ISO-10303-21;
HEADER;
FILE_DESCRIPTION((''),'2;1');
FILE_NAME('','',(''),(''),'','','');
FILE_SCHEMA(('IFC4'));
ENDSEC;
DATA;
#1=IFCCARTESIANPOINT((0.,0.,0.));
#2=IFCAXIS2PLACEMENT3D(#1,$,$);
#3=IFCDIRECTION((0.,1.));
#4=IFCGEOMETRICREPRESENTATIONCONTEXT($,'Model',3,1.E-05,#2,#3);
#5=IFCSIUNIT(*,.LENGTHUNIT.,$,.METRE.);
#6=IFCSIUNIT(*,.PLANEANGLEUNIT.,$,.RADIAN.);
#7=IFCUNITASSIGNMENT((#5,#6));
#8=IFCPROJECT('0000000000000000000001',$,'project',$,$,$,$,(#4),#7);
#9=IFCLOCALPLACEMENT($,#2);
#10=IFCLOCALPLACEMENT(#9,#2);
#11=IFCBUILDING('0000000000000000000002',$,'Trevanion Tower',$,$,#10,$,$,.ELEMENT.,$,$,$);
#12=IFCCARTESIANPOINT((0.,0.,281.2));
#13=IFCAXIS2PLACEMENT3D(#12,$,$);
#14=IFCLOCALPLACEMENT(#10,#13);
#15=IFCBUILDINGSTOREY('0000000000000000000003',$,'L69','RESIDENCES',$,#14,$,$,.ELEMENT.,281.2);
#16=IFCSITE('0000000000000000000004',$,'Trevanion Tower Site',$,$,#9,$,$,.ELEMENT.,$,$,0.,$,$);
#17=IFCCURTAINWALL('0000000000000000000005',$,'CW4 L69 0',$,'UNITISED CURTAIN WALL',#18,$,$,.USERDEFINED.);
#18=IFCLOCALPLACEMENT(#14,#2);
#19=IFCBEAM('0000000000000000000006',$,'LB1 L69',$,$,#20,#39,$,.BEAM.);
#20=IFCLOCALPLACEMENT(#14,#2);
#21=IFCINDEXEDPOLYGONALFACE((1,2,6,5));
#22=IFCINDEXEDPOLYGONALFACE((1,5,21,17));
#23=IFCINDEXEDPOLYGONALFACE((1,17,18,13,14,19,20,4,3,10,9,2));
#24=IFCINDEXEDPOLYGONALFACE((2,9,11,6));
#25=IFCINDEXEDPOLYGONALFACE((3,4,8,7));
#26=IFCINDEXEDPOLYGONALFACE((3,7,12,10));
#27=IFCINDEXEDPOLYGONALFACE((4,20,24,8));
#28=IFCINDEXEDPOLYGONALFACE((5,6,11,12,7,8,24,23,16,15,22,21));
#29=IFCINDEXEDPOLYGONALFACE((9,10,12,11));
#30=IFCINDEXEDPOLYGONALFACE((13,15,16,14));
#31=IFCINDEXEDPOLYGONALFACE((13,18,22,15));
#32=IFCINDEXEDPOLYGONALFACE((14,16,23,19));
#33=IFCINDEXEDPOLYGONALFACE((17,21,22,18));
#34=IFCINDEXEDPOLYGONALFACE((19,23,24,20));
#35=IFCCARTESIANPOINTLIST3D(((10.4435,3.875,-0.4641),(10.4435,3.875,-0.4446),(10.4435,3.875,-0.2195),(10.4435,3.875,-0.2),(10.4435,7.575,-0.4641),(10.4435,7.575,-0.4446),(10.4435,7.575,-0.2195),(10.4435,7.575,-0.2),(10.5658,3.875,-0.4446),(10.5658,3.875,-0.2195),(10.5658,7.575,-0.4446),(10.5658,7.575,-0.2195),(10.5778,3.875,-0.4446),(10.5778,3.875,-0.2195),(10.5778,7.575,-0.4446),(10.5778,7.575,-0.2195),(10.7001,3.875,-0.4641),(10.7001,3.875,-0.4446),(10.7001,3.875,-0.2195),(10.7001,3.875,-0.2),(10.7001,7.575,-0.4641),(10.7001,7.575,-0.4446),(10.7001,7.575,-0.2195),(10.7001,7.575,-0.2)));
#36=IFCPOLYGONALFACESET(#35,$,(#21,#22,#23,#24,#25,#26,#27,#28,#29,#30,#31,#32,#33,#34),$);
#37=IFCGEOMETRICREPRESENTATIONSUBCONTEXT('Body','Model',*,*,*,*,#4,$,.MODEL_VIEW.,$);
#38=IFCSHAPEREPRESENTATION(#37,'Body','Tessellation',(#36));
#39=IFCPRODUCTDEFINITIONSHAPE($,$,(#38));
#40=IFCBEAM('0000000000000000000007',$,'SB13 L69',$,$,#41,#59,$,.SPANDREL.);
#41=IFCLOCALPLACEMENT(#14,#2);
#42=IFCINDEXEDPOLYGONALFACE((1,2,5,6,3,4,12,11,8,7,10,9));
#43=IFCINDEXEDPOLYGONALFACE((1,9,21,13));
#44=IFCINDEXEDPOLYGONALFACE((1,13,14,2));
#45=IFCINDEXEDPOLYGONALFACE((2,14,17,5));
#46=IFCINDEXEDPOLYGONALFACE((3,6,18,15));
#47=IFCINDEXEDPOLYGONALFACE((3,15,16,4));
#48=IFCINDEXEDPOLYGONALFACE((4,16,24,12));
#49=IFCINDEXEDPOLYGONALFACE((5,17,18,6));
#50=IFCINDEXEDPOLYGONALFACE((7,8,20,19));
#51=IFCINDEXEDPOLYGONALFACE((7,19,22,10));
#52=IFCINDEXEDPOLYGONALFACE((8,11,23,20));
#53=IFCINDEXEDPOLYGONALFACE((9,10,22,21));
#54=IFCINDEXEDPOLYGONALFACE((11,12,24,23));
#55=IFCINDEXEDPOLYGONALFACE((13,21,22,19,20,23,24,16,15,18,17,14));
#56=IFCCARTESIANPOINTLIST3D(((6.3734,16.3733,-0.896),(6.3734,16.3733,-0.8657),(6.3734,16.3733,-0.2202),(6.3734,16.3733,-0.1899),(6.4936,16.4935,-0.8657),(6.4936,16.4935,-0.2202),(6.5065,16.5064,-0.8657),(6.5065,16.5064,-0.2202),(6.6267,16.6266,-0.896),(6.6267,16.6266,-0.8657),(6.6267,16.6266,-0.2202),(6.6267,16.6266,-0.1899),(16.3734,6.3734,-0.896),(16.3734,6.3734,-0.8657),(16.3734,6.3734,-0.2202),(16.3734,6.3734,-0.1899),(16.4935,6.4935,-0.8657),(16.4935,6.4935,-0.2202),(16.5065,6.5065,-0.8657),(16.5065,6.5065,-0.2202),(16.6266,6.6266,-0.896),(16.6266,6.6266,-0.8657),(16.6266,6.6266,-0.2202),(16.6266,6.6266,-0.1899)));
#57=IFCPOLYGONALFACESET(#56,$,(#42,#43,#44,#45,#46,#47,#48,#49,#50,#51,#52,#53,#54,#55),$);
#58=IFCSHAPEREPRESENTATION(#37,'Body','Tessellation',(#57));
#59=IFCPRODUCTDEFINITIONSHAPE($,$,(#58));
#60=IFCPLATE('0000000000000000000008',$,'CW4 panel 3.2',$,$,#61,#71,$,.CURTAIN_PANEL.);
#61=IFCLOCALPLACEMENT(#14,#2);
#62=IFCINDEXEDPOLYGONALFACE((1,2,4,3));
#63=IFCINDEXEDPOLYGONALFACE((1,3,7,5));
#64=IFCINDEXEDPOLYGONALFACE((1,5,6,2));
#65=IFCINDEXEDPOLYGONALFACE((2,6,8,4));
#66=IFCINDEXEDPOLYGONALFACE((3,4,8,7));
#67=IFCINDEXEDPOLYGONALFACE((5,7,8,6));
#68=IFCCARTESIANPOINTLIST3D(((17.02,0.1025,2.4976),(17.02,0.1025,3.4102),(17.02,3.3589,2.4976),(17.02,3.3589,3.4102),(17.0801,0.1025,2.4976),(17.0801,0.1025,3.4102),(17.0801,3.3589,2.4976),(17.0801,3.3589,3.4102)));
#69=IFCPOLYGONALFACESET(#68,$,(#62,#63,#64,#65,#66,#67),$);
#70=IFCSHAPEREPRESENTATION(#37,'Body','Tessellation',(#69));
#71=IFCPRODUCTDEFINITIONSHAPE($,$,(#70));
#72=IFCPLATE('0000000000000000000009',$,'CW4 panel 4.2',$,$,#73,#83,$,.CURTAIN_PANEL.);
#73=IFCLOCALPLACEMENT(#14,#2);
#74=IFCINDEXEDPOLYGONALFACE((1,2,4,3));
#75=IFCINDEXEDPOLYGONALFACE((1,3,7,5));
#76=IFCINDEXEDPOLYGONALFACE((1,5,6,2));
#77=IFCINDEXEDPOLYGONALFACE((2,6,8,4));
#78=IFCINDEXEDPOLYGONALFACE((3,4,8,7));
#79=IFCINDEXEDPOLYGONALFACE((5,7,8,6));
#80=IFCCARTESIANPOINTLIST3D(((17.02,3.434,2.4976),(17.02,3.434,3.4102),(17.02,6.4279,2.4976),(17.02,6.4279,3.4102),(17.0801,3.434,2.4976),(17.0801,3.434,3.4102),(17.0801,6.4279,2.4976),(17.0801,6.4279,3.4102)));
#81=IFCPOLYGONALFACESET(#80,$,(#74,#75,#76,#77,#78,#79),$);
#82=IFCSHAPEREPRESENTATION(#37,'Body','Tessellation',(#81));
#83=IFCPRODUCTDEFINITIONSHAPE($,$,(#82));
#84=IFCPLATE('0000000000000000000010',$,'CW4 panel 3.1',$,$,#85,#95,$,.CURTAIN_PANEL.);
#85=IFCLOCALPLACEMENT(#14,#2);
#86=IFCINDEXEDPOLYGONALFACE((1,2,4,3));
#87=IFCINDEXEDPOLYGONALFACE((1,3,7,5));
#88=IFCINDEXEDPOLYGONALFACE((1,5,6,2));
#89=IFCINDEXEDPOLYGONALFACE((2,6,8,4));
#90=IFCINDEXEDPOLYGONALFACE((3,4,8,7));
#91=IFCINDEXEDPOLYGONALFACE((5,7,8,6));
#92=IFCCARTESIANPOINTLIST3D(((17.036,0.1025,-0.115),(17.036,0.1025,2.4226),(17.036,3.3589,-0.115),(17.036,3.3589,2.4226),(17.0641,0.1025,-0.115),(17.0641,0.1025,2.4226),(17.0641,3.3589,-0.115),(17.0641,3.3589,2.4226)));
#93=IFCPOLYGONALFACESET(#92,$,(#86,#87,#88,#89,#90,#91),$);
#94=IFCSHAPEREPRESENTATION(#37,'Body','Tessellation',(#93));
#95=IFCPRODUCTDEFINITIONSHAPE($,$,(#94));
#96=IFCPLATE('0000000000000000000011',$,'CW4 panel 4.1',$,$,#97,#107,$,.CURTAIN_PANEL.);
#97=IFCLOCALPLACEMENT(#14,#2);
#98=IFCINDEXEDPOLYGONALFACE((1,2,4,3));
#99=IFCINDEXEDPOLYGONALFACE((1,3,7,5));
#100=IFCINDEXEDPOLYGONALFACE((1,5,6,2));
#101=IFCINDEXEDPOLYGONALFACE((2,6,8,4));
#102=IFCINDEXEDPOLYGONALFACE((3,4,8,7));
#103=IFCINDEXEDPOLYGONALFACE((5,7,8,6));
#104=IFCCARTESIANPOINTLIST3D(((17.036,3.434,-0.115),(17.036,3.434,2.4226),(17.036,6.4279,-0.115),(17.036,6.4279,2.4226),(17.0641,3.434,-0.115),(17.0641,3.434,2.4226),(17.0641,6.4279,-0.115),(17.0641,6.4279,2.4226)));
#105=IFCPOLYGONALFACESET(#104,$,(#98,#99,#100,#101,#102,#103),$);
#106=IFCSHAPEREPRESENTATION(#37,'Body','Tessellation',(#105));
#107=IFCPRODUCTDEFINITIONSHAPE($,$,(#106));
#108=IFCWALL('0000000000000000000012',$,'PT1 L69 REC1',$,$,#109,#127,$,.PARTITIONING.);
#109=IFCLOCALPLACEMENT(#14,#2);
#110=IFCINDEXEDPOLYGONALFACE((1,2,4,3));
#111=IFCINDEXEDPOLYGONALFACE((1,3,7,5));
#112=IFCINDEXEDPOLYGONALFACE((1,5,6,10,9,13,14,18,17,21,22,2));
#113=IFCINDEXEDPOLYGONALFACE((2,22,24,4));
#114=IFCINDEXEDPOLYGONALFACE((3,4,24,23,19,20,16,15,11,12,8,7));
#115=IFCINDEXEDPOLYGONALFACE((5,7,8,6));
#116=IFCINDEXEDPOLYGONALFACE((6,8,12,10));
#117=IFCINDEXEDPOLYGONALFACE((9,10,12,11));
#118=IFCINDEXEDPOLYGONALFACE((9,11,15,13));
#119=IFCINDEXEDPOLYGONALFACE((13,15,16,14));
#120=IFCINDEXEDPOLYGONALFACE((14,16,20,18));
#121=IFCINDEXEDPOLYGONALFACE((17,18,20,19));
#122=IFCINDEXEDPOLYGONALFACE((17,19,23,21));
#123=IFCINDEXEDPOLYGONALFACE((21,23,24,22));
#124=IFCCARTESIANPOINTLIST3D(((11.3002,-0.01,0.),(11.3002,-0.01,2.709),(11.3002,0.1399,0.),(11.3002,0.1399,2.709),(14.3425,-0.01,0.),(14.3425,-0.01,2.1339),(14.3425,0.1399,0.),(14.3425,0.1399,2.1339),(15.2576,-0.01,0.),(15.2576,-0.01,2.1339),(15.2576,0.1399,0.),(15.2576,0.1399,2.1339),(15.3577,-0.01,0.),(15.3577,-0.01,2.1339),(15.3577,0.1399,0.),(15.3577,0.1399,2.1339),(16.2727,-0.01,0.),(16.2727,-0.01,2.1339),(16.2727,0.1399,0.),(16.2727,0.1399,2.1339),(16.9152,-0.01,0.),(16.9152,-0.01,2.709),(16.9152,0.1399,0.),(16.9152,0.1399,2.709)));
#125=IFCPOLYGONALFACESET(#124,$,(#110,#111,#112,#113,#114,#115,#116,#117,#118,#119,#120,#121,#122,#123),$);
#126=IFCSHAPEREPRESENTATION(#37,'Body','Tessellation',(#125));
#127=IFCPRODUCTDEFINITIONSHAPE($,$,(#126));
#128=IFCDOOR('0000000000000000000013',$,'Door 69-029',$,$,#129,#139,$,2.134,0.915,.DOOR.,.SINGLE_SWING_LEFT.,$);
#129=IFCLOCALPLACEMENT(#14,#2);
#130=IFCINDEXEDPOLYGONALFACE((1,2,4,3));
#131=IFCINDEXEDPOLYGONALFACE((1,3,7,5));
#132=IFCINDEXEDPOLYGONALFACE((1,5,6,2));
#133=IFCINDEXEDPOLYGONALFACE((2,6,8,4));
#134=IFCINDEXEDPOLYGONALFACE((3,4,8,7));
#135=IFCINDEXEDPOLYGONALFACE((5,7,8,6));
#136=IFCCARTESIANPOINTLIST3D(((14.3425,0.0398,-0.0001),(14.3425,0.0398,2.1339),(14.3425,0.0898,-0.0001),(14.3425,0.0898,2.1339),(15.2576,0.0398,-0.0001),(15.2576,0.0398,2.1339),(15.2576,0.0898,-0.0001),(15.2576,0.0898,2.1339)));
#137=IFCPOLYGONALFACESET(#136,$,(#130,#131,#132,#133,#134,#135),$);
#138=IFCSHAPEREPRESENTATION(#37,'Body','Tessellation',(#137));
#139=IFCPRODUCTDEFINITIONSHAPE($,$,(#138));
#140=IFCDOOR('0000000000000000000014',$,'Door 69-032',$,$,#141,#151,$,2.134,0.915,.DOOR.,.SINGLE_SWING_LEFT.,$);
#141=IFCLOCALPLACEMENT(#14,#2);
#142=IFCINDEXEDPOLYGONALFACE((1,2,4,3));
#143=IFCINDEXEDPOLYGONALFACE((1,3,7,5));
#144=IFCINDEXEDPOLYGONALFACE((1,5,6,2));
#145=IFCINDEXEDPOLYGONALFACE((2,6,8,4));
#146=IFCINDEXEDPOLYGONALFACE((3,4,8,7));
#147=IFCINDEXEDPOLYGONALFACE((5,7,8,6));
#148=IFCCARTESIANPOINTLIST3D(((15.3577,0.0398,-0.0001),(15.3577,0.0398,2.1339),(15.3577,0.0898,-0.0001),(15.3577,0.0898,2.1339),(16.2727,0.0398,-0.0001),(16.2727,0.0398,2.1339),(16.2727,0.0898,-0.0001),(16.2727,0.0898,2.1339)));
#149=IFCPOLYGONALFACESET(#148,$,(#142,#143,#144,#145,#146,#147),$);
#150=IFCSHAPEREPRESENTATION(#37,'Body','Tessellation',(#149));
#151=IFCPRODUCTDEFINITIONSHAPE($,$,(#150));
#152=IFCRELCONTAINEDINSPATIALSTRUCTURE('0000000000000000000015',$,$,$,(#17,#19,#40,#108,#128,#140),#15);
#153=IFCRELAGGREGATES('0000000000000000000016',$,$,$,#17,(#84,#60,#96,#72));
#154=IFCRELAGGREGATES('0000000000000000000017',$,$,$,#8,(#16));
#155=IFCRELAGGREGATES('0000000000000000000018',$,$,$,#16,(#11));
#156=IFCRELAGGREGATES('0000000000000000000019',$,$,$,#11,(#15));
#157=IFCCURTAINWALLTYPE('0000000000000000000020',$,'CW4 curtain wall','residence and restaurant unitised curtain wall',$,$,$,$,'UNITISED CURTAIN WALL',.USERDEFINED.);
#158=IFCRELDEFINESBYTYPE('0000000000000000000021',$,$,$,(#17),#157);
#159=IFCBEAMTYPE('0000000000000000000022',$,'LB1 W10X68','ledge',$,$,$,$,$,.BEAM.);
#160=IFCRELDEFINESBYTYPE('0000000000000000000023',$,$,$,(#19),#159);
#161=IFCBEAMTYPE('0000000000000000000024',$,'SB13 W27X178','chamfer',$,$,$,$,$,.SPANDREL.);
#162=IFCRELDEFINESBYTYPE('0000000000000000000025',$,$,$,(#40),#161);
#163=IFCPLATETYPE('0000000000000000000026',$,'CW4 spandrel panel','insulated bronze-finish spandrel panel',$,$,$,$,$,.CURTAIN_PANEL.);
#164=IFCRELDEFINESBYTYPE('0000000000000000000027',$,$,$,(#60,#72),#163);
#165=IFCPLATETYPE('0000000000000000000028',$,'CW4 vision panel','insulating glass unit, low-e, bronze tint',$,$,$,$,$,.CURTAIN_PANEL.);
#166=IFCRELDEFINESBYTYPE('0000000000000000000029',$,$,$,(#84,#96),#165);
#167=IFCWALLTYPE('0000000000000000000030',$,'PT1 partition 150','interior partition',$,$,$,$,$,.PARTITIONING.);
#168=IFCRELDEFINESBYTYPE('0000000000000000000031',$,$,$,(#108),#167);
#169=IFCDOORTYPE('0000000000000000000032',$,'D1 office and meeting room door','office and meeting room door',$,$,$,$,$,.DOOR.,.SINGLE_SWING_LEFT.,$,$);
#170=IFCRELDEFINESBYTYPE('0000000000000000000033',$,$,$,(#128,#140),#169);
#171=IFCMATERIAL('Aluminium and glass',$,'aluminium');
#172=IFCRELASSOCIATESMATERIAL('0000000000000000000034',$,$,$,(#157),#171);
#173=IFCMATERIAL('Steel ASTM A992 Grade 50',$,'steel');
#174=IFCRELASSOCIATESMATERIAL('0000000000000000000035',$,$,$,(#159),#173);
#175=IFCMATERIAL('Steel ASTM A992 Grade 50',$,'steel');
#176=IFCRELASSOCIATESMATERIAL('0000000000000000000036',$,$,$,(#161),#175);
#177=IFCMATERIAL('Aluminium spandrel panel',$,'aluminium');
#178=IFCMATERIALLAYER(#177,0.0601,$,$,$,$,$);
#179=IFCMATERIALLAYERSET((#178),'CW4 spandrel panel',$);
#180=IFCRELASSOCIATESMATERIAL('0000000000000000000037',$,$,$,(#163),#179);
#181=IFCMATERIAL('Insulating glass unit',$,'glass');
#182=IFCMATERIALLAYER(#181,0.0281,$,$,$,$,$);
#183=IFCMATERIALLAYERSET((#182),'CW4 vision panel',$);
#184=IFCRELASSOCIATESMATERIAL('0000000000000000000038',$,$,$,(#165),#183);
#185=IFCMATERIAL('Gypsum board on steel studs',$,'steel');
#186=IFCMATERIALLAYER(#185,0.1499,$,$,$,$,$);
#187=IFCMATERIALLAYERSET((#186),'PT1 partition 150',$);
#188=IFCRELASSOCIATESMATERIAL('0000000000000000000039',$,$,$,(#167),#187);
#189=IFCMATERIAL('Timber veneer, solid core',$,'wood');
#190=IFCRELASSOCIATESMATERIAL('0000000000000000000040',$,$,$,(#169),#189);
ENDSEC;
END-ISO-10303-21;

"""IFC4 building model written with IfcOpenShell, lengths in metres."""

from ifc_helpers import new_model, si_unit, direction, frame, frame_2d, origin, origin_2d, place, context, subcontext, project, spatial, rectangle, i_section, extrude, material, layer, layer_set, material_profile, profile_set, type_object, element, fill, aggregate, save


model = new_model("IFC4")

# Units and contexts
model_context = context("Model", 3, precision=1e-05, world=origin(), true_north=direction((0.0, 1.0)))
body_context = subcontext(model_context, "Body", "Model", "MODEL_VIEW")
ifc_project = project(units=[si_unit("LENGTHUNIT", "METRE"), si_unit("PLANEANGLEUNIT", "RADIAN")], contexts=[model_context])

# Site, building, storey
site_placement = place(None, origin())
site = spatial("IfcSite", under=ifc_project, at=site_placement, Name="Trevanion Tower Site", CompositionType="ELEMENT", RefElevation=0.0)
building_placement = place(site_placement, origin())
building = spatial("IfcBuilding", under=site, at=building_placement, Name="Trevanion Tower", CompositionType="ELEMENT")
storey_placement = place(building_placement, frame((0.0, 0.0, 281.2)))
storey = spatial("IfcBuildingStorey", under=building, at=storey_placement, Name="L69", Description="RESIDENCES", CompositionType="ELEMENT", Elevation=281.2)

# Curtain wall
ifc_material_1 = material(Name="Aluminium and glass", Category="aluminium")
curtain_wall_type = type_object("IfcCurtainWallType", Name="CW4 curtain wall", Description="residence and restaurant unitised curtain wall", ElementType="UNITISED CURTAIN WALL", PredefinedType="USERDEFINED", material=ifc_material_1)
curtain_wall_placement = place(storey_placement, origin())
curtain_wall = element("IfcCurtainWall", 1, at=curtain_wall_placement, inside=storey, type_object=curtain_wall_type, Name="CW4 L69 0", ObjectType="UNITISED CURTAIN WALL", PredefinedType="USERDEFINED")

# Beams
ifc_material_2 = material(Name="Steel ASTM A992 Grade 50", Category="steel")
ifc_material_profile_1 = material_profile(ifc_material_2, i_section(OverallWidth=0.2566, OverallDepth=0.2642, WebThickness=0.012, FlangeThickness=0.0195, at=origin_2d()), Name="W10X68")
ifc_profile_set_1 = profile_set([ifc_material_profile_1], Name="Steel ASTM A992 Grade 50")
beam_type_1 = type_object("IfcBeamType", Name="LB1 W10X68", Description="ledge", PredefinedType="BEAM", material=ifc_profile_set_1)
beam_1_placement = place(storey_placement, frame((10.5718, 3.875, -0.332), z_axis=(0.0, 1.0, 0.0), x_axis=(-1.0, 0.0, 0.0)))
element("IfcBeam", 2, at=beam_1_placement, inside=storey, type_object=beam_type_1, Name="LB1 L69", PredefinedType="BEAM", context=body_context, shape_type="SweptSolid", body=[
    extrude(i_section(OverallWidth=0.2566, OverallDepth=0.2642, WebThickness=0.012, FlangeThickness=0.0195, at=origin_2d()), origin(), (0.0, 0.0, 1.0), 3.7),
])
ifc_material_3 = material(Name="Steel ASTM A992 Grade 50", Category="steel")
ifc_material_profile_2 = material_profile(ifc_material_3, i_section(OverallWidth=0.3582, OverallDepth=0.7061, WebThickness=0.0183, FlangeThickness=0.0303, at=origin_2d()), Name="W27X178")
ifc_profile_set_2 = profile_set([ifc_material_profile_2], Name="Steel ASTM A992 Grade 50")
beam_type_2 = type_object("IfcBeamType", Name="SB13 W27X178", Description="chamfer", PredefinedType="SPANDREL", material=ifc_profile_set_2)
beam_2_placement = place(storey_placement, frame((16.5, 6.5, -0.543), z_axis=(-0.707107, 0.707107, 0.0), x_axis=(-0.707107, -0.707107, 0.0)))
element("IfcBeam", 3, at=beam_2_placement, inside=storey, type_object=beam_type_2, Name="SB13 L69", PredefinedType="SPANDREL", context=body_context, shape_type="SweptSolid", body=[
    extrude(i_section(OverallWidth=0.3582, OverallDepth=0.7061, WebThickness=0.0183, FlangeThickness=0.0303, at=origin_2d()), origin(), (0.0, 0.0, 1.0), 14.1421),
])

# Plates
ifc_material_4 = material(Name="Aluminium spandrel panel", Category="aluminium")
ifc_layer_1 = layer(ifc_material_4, 0.0601)
ifc_layer_set_1 = layer_set([ifc_layer_1], Name="CW4 spandrel panel")
plate_type_1 = type_object("IfcPlateType", Name="CW4 spandrel panel", Description="insulated bronze-finish spandrel panel", PredefinedType="CURTAIN_PANEL", material=ifc_layer_set_1)
plate_1_placement = place(storey_placement, frame((17.05, 1.7307, 2.4976), z_axis=(0.0, 0.0, 1.0), x_axis=(0.0, 1.0, 0.0)))
plate_1 = element("IfcPlate", 4, at=plate_1_placement, type_object=plate_type_1, Name="CW4 panel 3.2", PredefinedType="CURTAIN_PANEL", context=body_context, shape_type="SweptSolid", body=[
    extrude(rectangle(XDim=3.2563, YDim=0.0601, at=origin_2d()), origin(), (0.0, 0.0, 1.0), 0.9126),
])
plate_2_placement = place(storey_placement, frame((17.05, 4.9309, 2.4976), z_axis=(0.0, 0.0, 1.0), x_axis=(0.0, 1.0, 0.0)))
plate_2 = element("IfcPlate", 5, at=plate_2_placement, type_object=plate_type_1, Name="CW4 panel 4.2", PredefinedType="CURTAIN_PANEL", context=body_context, shape_type="SweptSolid", body=[
    extrude(rectangle(XDim=2.9939, YDim=0.0601, at=origin_2d()), origin(), (0.0, 0.0, 1.0), 0.9126),
])
ifc_material_5 = material(Name="Insulating glass unit", Category="glass")
ifc_layer_2 = layer(ifc_material_5, 0.0281)
ifc_layer_set_2 = layer_set([ifc_layer_2], Name="CW4 vision panel")
plate_type_2 = type_object("IfcPlateType", Name="CW4 vision panel", Description="insulating glass unit, low-e, bronze tint", PredefinedType="CURTAIN_PANEL", material=ifc_layer_set_2)
plate_3_placement = place(storey_placement, frame((17.05, 1.7307, -0.115), z_axis=(0.0, 0.0, 1.0), x_axis=(0.0, 1.0, 0.0)))
plate_3 = element("IfcPlate", 6, at=plate_3_placement, type_object=plate_type_2, Name="CW4 panel 3.1", PredefinedType="CURTAIN_PANEL", context=body_context, shape_type="SweptSolid", body=[
    extrude(rectangle(XDim=3.2563, YDim=0.0281, at=origin_2d()), origin(), (0.0, 0.0, 1.0), 2.5376),
])
plate_4_placement = place(storey_placement, frame((17.05, 4.9309, -0.115), z_axis=(0.0, 0.0, 1.0), x_axis=(0.0, 1.0, 0.0)))
plate_4 = element("IfcPlate", 7, at=plate_4_placement, type_object=plate_type_2, Name="CW4 panel 4.1", PredefinedType="CURTAIN_PANEL", context=body_context, shape_type="SweptSolid", body=[
    extrude(rectangle(XDim=2.9939, YDim=0.0281, at=origin_2d()), origin(), (0.0, 0.0, 1.0), 2.5376),
])
aggregate(curtain_wall, [plate_3, plate_1, plate_4, plate_2])

# Wall, openings, doors
ifc_material_6 = material(Name="Gypsum board on steel studs", Category="steel")
ifc_layer_3 = layer(ifc_material_6, 0.1499)
ifc_layer_set_3 = layer_set([ifc_layer_3], Name="PT1 partition 150")
wall_type_1 = type_object("IfcWallType", Name="PT1 partition 150", Description="interior partition", PredefinedType="PARTITIONING", material=ifc_layer_set_3)
wall_1_placement = place(storey_placement, frame((11.3, 0.0649, 0.0), z_axis=(0.0, 0.0, 1.0), x_axis=(1.0, 0.0, 0.0)))
wall_1 = element("IfcWall", 8, at=wall_1_placement, inside=storey, type_object=wall_type_1, Name="PT1 L69 REC1", PredefinedType="PARTITIONING", context=body_context, shape_type="SweptSolid", body=[
    extrude(rectangle(XDim=5.615, YDim=0.1499, at=frame_2d((2.8076, 0.0))), origin(), (0.0, 0.0, 1.0), 2.709),
])
opening_1_placement = place(wall_1_placement, frame((3.0425, 0.0, 0.0)))
opening_1 = element("IfcOpeningElement", 9, at=opening_1_placement, cuts=wall_1, PredefinedType="OPENING", context=body_context, shape_type="SweptSolid", body=[
    extrude(rectangle(XDim=0.915, YDim=2.134, at=frame_2d((0.4575, 1.0669))), frame((0.0, 0.085, 0.0), z_axis=(0.0, -1.0, 0.0), x_axis=(1.0, 0.0, 0.0)), (0.0, 0.0, 1.0), 0.1699),
])
opening_2_placement = place(wall_1_placement, frame((4.0576, 0.0, 0.0)))
opening_2 = element("IfcOpeningElement", 10, at=opening_2_placement, cuts=wall_1, PredefinedType="OPENING", context=body_context, shape_type="SweptSolid", body=[
    extrude(rectangle(XDim=0.915, YDim=2.134, at=frame_2d((0.4575, 1.0669))), frame((0.0, 0.085, 0.0), z_axis=(0.0, -1.0, 0.0), x_axis=(1.0, 0.0, 0.0)), (0.0, 0.0, 1.0), 0.1699),
])
ifc_material_7 = material(Name="Timber veneer, solid core", Category="wood")
door_type_1 = type_object("IfcDoorType", Name="D1 office and meeting room door", Description="office and meeting room door", OperationType="SINGLE_SWING_LEFT", PredefinedType="DOOR", material=ifc_material_7)
door_1_placement = place(opening_1_placement, origin())
door_1 = element("IfcDoor", 11, at=door_1_placement, inside=storey, type_object=door_type_1, Name="Door 69-029", OperationType="SINGLE_SWING_LEFT", OverallHeight=2.134, OverallWidth=0.915, PredefinedType="DOOR", context=body_context, shape_type="SweptSolid", body=[
    extrude(rectangle(XDim=0.915, YDim=2.134, at=frame_2d((0.4575, 1.0669))), frame((0.0, 0.0249, 0.0), z_axis=(0.0, -1.0, 0.0), x_axis=(1.0, 0.0, 0.0)), (0.0, 0.0, 1.0), 0.05),
])
fill(opening_1, door_1)
door_2_placement = place(opening_2_placement, origin())
door_2 = element("IfcDoor", 12, at=door_2_placement, inside=storey, type_object=door_type_1, Name="Door 69-032", OperationType="SINGLE_SWING_LEFT", OverallHeight=2.134, OverallWidth=0.915, PredefinedType="DOOR", context=body_context, shape_type="SweptSolid", body=[
    extrude(rectangle(XDim=0.915, YDim=2.134, at=frame_2d((0.4575, 1.0669))), frame((0.0, 0.0249, 0.0), z_axis=(0.0, -1.0, 0.0), x_axis=(1.0, 0.0, 0.0)), (0.0, 0.0, 1.0), 0.05),
])
fill(opening_2, door_2)

save(model, "model.ifc")
